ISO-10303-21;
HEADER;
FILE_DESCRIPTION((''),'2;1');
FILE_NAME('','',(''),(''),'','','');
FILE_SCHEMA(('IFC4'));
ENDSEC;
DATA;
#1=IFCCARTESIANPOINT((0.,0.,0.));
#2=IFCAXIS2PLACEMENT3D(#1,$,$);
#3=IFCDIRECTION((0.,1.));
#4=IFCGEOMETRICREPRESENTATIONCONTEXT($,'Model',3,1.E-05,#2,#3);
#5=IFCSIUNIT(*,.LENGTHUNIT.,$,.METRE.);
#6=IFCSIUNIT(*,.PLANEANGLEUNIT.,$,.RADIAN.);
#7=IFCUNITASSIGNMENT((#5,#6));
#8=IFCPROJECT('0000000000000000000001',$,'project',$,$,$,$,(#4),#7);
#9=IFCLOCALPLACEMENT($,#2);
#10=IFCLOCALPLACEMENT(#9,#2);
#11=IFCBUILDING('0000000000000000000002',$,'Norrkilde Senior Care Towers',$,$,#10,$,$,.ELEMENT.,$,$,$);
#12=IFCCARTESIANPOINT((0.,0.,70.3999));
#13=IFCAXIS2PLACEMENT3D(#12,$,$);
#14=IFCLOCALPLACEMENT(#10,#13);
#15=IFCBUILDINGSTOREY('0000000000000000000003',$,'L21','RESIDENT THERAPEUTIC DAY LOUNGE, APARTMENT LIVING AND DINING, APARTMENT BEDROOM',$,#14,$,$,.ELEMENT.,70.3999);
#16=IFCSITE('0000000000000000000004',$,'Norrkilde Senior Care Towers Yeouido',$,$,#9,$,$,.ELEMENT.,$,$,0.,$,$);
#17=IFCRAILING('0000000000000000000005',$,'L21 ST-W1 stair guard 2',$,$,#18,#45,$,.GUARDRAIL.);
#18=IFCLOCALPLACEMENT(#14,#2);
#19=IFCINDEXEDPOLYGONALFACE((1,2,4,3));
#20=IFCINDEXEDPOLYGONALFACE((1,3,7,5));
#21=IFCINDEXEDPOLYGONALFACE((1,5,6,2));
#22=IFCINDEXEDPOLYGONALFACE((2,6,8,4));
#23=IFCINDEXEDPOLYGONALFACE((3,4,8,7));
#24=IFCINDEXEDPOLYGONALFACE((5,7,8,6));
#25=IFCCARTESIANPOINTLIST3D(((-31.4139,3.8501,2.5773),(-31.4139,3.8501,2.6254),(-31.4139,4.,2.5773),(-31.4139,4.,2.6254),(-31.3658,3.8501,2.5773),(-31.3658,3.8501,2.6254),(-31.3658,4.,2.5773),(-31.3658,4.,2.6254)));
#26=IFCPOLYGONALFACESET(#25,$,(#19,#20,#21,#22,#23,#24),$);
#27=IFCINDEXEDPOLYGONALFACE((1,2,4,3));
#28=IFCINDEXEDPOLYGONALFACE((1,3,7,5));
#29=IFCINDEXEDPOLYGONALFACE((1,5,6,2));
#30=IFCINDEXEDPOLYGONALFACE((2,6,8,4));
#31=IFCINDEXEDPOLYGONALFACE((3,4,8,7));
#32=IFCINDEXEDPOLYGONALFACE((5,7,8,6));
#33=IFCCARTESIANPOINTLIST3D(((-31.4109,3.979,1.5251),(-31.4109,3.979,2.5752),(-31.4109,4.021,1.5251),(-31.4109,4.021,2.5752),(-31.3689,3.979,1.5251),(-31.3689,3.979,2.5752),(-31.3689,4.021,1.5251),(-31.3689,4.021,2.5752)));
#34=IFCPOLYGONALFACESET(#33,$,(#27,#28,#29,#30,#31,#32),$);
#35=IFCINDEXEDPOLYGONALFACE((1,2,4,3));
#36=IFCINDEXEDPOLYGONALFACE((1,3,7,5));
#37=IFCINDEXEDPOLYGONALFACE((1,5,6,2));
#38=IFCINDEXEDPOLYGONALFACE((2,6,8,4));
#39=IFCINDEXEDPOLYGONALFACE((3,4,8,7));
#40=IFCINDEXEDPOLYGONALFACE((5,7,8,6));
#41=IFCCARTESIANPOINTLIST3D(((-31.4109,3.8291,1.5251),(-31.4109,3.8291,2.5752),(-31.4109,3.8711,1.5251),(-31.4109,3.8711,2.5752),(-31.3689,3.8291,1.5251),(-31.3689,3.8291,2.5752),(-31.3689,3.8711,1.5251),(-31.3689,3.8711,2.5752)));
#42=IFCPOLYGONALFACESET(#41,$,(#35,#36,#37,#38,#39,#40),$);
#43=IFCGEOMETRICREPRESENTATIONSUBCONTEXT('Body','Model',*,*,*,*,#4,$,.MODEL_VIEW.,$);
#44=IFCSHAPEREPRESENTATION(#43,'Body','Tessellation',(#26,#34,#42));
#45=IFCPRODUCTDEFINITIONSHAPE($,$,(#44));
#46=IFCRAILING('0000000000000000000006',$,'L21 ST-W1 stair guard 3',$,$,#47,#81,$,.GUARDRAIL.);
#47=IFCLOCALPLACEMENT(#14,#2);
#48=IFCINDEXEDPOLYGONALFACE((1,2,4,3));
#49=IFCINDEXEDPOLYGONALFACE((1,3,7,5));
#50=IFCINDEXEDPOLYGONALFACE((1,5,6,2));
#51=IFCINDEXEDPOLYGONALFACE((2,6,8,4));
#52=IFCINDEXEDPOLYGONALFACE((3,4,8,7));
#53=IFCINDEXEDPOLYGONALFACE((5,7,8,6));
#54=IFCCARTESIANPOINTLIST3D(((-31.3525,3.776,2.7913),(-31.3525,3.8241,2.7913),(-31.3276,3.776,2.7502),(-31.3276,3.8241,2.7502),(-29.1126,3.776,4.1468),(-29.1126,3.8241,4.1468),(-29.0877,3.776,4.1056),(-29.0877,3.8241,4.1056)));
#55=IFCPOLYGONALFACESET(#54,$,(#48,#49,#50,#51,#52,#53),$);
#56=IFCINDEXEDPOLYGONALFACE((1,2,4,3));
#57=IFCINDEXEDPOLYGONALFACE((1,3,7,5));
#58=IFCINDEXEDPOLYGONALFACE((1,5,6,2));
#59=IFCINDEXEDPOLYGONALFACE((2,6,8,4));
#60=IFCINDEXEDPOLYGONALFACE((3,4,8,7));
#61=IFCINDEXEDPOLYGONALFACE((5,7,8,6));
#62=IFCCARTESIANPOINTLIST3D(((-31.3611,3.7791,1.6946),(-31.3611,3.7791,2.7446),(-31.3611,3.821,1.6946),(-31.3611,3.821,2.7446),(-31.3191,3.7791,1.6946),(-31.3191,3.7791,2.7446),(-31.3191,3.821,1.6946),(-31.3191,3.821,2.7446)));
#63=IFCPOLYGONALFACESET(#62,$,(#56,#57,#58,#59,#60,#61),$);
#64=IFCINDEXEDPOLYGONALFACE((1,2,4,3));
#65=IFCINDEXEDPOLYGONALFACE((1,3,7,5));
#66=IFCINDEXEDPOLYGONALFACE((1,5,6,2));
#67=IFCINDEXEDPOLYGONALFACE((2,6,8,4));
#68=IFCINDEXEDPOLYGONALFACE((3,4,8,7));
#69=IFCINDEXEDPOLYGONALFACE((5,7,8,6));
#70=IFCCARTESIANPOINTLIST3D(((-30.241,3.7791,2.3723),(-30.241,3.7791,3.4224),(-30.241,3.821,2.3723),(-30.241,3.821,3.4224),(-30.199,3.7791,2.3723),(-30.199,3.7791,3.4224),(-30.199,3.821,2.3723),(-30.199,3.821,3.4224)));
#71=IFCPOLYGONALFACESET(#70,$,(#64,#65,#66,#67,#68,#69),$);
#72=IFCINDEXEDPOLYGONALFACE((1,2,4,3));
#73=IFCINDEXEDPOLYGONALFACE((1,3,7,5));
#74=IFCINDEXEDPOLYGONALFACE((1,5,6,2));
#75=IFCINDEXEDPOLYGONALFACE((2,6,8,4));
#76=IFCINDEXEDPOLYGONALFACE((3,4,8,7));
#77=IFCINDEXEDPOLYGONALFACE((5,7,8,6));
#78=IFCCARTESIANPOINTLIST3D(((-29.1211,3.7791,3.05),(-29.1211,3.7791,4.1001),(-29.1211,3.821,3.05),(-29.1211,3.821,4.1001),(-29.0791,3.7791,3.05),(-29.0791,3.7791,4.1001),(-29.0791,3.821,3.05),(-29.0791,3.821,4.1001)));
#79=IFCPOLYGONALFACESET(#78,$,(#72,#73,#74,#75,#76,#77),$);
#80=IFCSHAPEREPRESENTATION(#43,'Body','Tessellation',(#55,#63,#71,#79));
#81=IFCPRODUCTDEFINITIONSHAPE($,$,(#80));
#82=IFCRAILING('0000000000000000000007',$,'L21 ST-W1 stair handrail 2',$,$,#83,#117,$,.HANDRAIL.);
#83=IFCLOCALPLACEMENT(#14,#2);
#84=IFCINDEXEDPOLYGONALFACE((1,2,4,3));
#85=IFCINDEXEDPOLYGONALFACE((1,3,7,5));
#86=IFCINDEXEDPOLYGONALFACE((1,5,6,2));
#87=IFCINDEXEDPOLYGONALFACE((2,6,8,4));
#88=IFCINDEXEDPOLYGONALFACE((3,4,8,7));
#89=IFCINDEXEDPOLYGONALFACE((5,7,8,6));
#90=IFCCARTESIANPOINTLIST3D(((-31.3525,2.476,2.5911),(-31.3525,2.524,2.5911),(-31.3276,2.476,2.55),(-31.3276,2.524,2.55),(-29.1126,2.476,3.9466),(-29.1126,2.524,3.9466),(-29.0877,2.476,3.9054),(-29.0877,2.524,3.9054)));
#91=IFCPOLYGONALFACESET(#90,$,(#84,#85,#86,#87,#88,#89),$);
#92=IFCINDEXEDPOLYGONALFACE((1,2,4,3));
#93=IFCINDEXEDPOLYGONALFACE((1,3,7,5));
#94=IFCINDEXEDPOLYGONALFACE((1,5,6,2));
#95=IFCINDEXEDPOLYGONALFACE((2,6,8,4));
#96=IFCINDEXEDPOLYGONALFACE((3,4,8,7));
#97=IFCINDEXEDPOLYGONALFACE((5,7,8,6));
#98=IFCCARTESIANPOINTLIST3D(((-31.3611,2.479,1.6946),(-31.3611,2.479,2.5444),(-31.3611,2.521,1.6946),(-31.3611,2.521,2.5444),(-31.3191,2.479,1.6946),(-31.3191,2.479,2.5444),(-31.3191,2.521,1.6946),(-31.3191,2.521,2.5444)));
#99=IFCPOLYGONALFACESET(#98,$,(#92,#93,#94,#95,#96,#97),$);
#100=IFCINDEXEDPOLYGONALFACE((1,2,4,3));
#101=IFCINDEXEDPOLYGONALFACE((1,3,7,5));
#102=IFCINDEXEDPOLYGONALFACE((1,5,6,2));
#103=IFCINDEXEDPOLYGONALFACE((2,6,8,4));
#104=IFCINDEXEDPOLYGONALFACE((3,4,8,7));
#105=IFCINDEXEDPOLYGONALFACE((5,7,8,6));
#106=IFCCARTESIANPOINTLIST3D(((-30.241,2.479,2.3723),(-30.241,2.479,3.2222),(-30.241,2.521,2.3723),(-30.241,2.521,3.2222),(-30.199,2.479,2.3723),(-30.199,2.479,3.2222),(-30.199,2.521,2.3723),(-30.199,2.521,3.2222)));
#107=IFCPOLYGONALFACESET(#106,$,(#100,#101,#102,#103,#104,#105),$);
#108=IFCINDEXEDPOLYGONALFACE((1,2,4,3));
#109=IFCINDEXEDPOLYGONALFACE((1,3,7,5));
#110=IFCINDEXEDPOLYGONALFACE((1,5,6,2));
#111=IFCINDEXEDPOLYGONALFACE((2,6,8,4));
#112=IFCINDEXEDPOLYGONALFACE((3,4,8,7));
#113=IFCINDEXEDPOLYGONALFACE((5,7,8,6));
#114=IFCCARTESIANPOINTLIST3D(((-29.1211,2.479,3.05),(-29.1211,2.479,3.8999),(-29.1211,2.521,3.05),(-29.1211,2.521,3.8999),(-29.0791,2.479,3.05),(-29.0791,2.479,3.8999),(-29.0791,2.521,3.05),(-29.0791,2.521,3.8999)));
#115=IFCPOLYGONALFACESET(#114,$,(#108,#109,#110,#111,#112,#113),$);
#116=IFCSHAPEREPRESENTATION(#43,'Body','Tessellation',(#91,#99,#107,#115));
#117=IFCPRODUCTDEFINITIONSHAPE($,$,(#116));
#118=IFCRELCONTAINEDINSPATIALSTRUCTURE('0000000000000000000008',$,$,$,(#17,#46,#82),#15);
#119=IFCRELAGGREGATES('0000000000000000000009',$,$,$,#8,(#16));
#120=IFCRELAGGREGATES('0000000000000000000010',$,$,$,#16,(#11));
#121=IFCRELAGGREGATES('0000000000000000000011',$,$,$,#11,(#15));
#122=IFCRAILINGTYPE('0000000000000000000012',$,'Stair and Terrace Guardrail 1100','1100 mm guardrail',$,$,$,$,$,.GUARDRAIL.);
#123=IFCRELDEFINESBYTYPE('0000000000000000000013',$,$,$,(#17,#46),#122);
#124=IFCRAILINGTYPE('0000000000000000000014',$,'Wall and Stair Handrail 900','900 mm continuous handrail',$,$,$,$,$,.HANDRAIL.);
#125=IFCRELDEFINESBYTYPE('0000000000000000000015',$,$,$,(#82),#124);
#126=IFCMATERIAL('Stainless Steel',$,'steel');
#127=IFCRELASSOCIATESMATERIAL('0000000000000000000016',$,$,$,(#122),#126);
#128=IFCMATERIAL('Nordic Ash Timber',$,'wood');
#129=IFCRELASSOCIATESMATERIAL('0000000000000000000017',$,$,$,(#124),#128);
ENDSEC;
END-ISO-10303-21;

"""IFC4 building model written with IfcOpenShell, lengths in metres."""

from ifc_helpers import new_model, si_unit, direction, frame, origin, origin_2d, place, context, subcontext, project, spatial, rectangle, extrude, material, type_object, element, save


model = new_model("IFC4")

# Units and contexts
model_context = context("Model", 3, precision=1e-05, world=origin(), true_north=direction((0.0, 1.0)))
body_context = subcontext(model_context, "Body", "Model", "MODEL_VIEW")
ifc_project = project(units=[si_unit("LENGTHUNIT", "METRE"), si_unit("PLANEANGLEUNIT", "RADIAN")], contexts=[model_context])

# Site, building, storey
site_placement = place(None, origin())
site = spatial("IfcSite", under=ifc_project, at=site_placement, Name="Norrkilde Senior Care Towers Yeouido", CompositionType="ELEMENT", RefElevation=0.0)
building_placement = place(site_placement, origin())
building = spatial("IfcBuilding", under=site, at=building_placement, Name="Norrkilde Senior Care Towers", CompositionType="ELEMENT")
storey_placement = place(building_placement, frame((0.0, 0.0, 70.3999)))
storey = spatial("IfcBuildingStorey", under=building, at=storey_placement, Name="L21", Description="RESIDENT THERAPEUTIC DAY LOUNGE, APARTMENT LIVING AND DINING, APARTMENT BEDROOM", CompositionType="ELEMENT", Elevation=70.3999)

# Shared definitions
ifc_material_1 = material(Name="Nordic Ash Timber", Category="wood")

# Railings
ifc_material_2 = material(Name="Stainless Steel", Category="steel")
railing_type_1 = type_object("IfcRailingType", Name="Stair and Terrace Guardrail 1100", Description="1100 mm guardrail", PredefinedType="GUARDRAIL", material=ifc_material_2)
railing_1_placement = place(storey_placement, frame((-31.3899, 4.0, 1.5251)))
element("IfcRailing", 1, at=railing_1_placement, inside=storey, type_object=railing_type_1, Name="L21 ST-W1 stair guard 2", PredefinedType="GUARDRAIL", context=body_context, shape_type="SweptSolid", body=[
    extrude(rectangle(XDim=0.0481, YDim=0.0481, at=origin_2d()), frame((0.0, 0.0, 1.0762), z_axis=(0.0, -1.0, 0.0), x_axis=(1.0, 0.0, 0.0)), (0.0, 0.0, 1.0), 0.1499),
    extrude(rectangle(XDim=0.042, YDim=0.042, at=origin_2d()), origin(), (0.0, 0.0, 1.0), 1.05),
    extrude(rectangle(XDim=0.042, YDim=0.042, at=origin_2d()), frame((0.0, -0.1499, 0.0)), (0.0, 0.0, 1.0), 1.05),
])
railing_2_placement = place(storey_placement, frame((-31.3401, 3.8, 1.6946)))
element("IfcRailing", 2, at=railing_2_placement, inside=storey, type_object=railing_type_1, Name="L21 ST-W1 stair guard 3", PredefinedType="GUARDRAIL", context=body_context, shape_type="SweptSolid", body=[
    extrude(rectangle(XDim=0.0481, YDim=0.0481, at=origin_2d()), frame((0.0, 0.0, 1.0762), z_axis=(0.855553, 0.0, 0.517715), x_axis=(0.0, 1.0, 0.0)), (0.0, 0.0, 1.0), 2.6182),
    extrude(rectangle(XDim=0.042, YDim=0.042, at=origin_2d()), origin(), (0.0, 0.0, 1.0), 1.05),
    extrude(rectangle(XDim=0.042, YDim=0.042, at=origin_2d()), frame((1.1201, 0.0, 0.6777)), (0.0, 0.0, 1.0), 1.05),
    extrude(rectangle(XDim=0.042, YDim=0.042, at=origin_2d()), frame((2.24, 0.0, 1.3555)), (0.0, 0.0, 1.0), 1.05),
])
railing_type_2 = type_object("IfcRailingType", Name="Wall and Stair Handrail 900", Description="900 mm continuous handrail", PredefinedType="HANDRAIL", material=ifc_material_1)
railing_3_placement = place(storey_placement, frame((-31.3401, 2.5, 1.6946)))
element("IfcRailing", 3, at=railing_3_placement, inside=storey, type_object=railing_type_2, Name="L21 ST-W1 stair handrail 2", PredefinedType="HANDRAIL", context=body_context, shape_type="SweptSolid", body=[
    extrude(rectangle(XDim=0.0481, YDim=0.0481, at=origin_2d()), frame((0.0, 0.0, 0.876), z_axis=(0.855553, 0.0, 0.517715), x_axis=(0.0, 1.0, 0.0)), (0.0, 0.0, 1.0), 2.6182),
    extrude(rectangle(XDim=0.042, YDim=0.042, at=origin_2d()), origin(), (0.0, 0.0, 1.0), 0.8499),
    extrude(rectangle(XDim=0.042, YDim=0.042, at=origin_2d()), frame((1.1201, 0.0, 0.6777)), (0.0, 0.0, 1.0), 0.8499),
    extrude(rectangle(XDim=0.042, YDim=0.042, at=origin_2d()), frame((2.24, 0.0, 1.3555)), (0.0, 0.0, 1.0), 0.8499),
])

save(model, "model.ifc")
